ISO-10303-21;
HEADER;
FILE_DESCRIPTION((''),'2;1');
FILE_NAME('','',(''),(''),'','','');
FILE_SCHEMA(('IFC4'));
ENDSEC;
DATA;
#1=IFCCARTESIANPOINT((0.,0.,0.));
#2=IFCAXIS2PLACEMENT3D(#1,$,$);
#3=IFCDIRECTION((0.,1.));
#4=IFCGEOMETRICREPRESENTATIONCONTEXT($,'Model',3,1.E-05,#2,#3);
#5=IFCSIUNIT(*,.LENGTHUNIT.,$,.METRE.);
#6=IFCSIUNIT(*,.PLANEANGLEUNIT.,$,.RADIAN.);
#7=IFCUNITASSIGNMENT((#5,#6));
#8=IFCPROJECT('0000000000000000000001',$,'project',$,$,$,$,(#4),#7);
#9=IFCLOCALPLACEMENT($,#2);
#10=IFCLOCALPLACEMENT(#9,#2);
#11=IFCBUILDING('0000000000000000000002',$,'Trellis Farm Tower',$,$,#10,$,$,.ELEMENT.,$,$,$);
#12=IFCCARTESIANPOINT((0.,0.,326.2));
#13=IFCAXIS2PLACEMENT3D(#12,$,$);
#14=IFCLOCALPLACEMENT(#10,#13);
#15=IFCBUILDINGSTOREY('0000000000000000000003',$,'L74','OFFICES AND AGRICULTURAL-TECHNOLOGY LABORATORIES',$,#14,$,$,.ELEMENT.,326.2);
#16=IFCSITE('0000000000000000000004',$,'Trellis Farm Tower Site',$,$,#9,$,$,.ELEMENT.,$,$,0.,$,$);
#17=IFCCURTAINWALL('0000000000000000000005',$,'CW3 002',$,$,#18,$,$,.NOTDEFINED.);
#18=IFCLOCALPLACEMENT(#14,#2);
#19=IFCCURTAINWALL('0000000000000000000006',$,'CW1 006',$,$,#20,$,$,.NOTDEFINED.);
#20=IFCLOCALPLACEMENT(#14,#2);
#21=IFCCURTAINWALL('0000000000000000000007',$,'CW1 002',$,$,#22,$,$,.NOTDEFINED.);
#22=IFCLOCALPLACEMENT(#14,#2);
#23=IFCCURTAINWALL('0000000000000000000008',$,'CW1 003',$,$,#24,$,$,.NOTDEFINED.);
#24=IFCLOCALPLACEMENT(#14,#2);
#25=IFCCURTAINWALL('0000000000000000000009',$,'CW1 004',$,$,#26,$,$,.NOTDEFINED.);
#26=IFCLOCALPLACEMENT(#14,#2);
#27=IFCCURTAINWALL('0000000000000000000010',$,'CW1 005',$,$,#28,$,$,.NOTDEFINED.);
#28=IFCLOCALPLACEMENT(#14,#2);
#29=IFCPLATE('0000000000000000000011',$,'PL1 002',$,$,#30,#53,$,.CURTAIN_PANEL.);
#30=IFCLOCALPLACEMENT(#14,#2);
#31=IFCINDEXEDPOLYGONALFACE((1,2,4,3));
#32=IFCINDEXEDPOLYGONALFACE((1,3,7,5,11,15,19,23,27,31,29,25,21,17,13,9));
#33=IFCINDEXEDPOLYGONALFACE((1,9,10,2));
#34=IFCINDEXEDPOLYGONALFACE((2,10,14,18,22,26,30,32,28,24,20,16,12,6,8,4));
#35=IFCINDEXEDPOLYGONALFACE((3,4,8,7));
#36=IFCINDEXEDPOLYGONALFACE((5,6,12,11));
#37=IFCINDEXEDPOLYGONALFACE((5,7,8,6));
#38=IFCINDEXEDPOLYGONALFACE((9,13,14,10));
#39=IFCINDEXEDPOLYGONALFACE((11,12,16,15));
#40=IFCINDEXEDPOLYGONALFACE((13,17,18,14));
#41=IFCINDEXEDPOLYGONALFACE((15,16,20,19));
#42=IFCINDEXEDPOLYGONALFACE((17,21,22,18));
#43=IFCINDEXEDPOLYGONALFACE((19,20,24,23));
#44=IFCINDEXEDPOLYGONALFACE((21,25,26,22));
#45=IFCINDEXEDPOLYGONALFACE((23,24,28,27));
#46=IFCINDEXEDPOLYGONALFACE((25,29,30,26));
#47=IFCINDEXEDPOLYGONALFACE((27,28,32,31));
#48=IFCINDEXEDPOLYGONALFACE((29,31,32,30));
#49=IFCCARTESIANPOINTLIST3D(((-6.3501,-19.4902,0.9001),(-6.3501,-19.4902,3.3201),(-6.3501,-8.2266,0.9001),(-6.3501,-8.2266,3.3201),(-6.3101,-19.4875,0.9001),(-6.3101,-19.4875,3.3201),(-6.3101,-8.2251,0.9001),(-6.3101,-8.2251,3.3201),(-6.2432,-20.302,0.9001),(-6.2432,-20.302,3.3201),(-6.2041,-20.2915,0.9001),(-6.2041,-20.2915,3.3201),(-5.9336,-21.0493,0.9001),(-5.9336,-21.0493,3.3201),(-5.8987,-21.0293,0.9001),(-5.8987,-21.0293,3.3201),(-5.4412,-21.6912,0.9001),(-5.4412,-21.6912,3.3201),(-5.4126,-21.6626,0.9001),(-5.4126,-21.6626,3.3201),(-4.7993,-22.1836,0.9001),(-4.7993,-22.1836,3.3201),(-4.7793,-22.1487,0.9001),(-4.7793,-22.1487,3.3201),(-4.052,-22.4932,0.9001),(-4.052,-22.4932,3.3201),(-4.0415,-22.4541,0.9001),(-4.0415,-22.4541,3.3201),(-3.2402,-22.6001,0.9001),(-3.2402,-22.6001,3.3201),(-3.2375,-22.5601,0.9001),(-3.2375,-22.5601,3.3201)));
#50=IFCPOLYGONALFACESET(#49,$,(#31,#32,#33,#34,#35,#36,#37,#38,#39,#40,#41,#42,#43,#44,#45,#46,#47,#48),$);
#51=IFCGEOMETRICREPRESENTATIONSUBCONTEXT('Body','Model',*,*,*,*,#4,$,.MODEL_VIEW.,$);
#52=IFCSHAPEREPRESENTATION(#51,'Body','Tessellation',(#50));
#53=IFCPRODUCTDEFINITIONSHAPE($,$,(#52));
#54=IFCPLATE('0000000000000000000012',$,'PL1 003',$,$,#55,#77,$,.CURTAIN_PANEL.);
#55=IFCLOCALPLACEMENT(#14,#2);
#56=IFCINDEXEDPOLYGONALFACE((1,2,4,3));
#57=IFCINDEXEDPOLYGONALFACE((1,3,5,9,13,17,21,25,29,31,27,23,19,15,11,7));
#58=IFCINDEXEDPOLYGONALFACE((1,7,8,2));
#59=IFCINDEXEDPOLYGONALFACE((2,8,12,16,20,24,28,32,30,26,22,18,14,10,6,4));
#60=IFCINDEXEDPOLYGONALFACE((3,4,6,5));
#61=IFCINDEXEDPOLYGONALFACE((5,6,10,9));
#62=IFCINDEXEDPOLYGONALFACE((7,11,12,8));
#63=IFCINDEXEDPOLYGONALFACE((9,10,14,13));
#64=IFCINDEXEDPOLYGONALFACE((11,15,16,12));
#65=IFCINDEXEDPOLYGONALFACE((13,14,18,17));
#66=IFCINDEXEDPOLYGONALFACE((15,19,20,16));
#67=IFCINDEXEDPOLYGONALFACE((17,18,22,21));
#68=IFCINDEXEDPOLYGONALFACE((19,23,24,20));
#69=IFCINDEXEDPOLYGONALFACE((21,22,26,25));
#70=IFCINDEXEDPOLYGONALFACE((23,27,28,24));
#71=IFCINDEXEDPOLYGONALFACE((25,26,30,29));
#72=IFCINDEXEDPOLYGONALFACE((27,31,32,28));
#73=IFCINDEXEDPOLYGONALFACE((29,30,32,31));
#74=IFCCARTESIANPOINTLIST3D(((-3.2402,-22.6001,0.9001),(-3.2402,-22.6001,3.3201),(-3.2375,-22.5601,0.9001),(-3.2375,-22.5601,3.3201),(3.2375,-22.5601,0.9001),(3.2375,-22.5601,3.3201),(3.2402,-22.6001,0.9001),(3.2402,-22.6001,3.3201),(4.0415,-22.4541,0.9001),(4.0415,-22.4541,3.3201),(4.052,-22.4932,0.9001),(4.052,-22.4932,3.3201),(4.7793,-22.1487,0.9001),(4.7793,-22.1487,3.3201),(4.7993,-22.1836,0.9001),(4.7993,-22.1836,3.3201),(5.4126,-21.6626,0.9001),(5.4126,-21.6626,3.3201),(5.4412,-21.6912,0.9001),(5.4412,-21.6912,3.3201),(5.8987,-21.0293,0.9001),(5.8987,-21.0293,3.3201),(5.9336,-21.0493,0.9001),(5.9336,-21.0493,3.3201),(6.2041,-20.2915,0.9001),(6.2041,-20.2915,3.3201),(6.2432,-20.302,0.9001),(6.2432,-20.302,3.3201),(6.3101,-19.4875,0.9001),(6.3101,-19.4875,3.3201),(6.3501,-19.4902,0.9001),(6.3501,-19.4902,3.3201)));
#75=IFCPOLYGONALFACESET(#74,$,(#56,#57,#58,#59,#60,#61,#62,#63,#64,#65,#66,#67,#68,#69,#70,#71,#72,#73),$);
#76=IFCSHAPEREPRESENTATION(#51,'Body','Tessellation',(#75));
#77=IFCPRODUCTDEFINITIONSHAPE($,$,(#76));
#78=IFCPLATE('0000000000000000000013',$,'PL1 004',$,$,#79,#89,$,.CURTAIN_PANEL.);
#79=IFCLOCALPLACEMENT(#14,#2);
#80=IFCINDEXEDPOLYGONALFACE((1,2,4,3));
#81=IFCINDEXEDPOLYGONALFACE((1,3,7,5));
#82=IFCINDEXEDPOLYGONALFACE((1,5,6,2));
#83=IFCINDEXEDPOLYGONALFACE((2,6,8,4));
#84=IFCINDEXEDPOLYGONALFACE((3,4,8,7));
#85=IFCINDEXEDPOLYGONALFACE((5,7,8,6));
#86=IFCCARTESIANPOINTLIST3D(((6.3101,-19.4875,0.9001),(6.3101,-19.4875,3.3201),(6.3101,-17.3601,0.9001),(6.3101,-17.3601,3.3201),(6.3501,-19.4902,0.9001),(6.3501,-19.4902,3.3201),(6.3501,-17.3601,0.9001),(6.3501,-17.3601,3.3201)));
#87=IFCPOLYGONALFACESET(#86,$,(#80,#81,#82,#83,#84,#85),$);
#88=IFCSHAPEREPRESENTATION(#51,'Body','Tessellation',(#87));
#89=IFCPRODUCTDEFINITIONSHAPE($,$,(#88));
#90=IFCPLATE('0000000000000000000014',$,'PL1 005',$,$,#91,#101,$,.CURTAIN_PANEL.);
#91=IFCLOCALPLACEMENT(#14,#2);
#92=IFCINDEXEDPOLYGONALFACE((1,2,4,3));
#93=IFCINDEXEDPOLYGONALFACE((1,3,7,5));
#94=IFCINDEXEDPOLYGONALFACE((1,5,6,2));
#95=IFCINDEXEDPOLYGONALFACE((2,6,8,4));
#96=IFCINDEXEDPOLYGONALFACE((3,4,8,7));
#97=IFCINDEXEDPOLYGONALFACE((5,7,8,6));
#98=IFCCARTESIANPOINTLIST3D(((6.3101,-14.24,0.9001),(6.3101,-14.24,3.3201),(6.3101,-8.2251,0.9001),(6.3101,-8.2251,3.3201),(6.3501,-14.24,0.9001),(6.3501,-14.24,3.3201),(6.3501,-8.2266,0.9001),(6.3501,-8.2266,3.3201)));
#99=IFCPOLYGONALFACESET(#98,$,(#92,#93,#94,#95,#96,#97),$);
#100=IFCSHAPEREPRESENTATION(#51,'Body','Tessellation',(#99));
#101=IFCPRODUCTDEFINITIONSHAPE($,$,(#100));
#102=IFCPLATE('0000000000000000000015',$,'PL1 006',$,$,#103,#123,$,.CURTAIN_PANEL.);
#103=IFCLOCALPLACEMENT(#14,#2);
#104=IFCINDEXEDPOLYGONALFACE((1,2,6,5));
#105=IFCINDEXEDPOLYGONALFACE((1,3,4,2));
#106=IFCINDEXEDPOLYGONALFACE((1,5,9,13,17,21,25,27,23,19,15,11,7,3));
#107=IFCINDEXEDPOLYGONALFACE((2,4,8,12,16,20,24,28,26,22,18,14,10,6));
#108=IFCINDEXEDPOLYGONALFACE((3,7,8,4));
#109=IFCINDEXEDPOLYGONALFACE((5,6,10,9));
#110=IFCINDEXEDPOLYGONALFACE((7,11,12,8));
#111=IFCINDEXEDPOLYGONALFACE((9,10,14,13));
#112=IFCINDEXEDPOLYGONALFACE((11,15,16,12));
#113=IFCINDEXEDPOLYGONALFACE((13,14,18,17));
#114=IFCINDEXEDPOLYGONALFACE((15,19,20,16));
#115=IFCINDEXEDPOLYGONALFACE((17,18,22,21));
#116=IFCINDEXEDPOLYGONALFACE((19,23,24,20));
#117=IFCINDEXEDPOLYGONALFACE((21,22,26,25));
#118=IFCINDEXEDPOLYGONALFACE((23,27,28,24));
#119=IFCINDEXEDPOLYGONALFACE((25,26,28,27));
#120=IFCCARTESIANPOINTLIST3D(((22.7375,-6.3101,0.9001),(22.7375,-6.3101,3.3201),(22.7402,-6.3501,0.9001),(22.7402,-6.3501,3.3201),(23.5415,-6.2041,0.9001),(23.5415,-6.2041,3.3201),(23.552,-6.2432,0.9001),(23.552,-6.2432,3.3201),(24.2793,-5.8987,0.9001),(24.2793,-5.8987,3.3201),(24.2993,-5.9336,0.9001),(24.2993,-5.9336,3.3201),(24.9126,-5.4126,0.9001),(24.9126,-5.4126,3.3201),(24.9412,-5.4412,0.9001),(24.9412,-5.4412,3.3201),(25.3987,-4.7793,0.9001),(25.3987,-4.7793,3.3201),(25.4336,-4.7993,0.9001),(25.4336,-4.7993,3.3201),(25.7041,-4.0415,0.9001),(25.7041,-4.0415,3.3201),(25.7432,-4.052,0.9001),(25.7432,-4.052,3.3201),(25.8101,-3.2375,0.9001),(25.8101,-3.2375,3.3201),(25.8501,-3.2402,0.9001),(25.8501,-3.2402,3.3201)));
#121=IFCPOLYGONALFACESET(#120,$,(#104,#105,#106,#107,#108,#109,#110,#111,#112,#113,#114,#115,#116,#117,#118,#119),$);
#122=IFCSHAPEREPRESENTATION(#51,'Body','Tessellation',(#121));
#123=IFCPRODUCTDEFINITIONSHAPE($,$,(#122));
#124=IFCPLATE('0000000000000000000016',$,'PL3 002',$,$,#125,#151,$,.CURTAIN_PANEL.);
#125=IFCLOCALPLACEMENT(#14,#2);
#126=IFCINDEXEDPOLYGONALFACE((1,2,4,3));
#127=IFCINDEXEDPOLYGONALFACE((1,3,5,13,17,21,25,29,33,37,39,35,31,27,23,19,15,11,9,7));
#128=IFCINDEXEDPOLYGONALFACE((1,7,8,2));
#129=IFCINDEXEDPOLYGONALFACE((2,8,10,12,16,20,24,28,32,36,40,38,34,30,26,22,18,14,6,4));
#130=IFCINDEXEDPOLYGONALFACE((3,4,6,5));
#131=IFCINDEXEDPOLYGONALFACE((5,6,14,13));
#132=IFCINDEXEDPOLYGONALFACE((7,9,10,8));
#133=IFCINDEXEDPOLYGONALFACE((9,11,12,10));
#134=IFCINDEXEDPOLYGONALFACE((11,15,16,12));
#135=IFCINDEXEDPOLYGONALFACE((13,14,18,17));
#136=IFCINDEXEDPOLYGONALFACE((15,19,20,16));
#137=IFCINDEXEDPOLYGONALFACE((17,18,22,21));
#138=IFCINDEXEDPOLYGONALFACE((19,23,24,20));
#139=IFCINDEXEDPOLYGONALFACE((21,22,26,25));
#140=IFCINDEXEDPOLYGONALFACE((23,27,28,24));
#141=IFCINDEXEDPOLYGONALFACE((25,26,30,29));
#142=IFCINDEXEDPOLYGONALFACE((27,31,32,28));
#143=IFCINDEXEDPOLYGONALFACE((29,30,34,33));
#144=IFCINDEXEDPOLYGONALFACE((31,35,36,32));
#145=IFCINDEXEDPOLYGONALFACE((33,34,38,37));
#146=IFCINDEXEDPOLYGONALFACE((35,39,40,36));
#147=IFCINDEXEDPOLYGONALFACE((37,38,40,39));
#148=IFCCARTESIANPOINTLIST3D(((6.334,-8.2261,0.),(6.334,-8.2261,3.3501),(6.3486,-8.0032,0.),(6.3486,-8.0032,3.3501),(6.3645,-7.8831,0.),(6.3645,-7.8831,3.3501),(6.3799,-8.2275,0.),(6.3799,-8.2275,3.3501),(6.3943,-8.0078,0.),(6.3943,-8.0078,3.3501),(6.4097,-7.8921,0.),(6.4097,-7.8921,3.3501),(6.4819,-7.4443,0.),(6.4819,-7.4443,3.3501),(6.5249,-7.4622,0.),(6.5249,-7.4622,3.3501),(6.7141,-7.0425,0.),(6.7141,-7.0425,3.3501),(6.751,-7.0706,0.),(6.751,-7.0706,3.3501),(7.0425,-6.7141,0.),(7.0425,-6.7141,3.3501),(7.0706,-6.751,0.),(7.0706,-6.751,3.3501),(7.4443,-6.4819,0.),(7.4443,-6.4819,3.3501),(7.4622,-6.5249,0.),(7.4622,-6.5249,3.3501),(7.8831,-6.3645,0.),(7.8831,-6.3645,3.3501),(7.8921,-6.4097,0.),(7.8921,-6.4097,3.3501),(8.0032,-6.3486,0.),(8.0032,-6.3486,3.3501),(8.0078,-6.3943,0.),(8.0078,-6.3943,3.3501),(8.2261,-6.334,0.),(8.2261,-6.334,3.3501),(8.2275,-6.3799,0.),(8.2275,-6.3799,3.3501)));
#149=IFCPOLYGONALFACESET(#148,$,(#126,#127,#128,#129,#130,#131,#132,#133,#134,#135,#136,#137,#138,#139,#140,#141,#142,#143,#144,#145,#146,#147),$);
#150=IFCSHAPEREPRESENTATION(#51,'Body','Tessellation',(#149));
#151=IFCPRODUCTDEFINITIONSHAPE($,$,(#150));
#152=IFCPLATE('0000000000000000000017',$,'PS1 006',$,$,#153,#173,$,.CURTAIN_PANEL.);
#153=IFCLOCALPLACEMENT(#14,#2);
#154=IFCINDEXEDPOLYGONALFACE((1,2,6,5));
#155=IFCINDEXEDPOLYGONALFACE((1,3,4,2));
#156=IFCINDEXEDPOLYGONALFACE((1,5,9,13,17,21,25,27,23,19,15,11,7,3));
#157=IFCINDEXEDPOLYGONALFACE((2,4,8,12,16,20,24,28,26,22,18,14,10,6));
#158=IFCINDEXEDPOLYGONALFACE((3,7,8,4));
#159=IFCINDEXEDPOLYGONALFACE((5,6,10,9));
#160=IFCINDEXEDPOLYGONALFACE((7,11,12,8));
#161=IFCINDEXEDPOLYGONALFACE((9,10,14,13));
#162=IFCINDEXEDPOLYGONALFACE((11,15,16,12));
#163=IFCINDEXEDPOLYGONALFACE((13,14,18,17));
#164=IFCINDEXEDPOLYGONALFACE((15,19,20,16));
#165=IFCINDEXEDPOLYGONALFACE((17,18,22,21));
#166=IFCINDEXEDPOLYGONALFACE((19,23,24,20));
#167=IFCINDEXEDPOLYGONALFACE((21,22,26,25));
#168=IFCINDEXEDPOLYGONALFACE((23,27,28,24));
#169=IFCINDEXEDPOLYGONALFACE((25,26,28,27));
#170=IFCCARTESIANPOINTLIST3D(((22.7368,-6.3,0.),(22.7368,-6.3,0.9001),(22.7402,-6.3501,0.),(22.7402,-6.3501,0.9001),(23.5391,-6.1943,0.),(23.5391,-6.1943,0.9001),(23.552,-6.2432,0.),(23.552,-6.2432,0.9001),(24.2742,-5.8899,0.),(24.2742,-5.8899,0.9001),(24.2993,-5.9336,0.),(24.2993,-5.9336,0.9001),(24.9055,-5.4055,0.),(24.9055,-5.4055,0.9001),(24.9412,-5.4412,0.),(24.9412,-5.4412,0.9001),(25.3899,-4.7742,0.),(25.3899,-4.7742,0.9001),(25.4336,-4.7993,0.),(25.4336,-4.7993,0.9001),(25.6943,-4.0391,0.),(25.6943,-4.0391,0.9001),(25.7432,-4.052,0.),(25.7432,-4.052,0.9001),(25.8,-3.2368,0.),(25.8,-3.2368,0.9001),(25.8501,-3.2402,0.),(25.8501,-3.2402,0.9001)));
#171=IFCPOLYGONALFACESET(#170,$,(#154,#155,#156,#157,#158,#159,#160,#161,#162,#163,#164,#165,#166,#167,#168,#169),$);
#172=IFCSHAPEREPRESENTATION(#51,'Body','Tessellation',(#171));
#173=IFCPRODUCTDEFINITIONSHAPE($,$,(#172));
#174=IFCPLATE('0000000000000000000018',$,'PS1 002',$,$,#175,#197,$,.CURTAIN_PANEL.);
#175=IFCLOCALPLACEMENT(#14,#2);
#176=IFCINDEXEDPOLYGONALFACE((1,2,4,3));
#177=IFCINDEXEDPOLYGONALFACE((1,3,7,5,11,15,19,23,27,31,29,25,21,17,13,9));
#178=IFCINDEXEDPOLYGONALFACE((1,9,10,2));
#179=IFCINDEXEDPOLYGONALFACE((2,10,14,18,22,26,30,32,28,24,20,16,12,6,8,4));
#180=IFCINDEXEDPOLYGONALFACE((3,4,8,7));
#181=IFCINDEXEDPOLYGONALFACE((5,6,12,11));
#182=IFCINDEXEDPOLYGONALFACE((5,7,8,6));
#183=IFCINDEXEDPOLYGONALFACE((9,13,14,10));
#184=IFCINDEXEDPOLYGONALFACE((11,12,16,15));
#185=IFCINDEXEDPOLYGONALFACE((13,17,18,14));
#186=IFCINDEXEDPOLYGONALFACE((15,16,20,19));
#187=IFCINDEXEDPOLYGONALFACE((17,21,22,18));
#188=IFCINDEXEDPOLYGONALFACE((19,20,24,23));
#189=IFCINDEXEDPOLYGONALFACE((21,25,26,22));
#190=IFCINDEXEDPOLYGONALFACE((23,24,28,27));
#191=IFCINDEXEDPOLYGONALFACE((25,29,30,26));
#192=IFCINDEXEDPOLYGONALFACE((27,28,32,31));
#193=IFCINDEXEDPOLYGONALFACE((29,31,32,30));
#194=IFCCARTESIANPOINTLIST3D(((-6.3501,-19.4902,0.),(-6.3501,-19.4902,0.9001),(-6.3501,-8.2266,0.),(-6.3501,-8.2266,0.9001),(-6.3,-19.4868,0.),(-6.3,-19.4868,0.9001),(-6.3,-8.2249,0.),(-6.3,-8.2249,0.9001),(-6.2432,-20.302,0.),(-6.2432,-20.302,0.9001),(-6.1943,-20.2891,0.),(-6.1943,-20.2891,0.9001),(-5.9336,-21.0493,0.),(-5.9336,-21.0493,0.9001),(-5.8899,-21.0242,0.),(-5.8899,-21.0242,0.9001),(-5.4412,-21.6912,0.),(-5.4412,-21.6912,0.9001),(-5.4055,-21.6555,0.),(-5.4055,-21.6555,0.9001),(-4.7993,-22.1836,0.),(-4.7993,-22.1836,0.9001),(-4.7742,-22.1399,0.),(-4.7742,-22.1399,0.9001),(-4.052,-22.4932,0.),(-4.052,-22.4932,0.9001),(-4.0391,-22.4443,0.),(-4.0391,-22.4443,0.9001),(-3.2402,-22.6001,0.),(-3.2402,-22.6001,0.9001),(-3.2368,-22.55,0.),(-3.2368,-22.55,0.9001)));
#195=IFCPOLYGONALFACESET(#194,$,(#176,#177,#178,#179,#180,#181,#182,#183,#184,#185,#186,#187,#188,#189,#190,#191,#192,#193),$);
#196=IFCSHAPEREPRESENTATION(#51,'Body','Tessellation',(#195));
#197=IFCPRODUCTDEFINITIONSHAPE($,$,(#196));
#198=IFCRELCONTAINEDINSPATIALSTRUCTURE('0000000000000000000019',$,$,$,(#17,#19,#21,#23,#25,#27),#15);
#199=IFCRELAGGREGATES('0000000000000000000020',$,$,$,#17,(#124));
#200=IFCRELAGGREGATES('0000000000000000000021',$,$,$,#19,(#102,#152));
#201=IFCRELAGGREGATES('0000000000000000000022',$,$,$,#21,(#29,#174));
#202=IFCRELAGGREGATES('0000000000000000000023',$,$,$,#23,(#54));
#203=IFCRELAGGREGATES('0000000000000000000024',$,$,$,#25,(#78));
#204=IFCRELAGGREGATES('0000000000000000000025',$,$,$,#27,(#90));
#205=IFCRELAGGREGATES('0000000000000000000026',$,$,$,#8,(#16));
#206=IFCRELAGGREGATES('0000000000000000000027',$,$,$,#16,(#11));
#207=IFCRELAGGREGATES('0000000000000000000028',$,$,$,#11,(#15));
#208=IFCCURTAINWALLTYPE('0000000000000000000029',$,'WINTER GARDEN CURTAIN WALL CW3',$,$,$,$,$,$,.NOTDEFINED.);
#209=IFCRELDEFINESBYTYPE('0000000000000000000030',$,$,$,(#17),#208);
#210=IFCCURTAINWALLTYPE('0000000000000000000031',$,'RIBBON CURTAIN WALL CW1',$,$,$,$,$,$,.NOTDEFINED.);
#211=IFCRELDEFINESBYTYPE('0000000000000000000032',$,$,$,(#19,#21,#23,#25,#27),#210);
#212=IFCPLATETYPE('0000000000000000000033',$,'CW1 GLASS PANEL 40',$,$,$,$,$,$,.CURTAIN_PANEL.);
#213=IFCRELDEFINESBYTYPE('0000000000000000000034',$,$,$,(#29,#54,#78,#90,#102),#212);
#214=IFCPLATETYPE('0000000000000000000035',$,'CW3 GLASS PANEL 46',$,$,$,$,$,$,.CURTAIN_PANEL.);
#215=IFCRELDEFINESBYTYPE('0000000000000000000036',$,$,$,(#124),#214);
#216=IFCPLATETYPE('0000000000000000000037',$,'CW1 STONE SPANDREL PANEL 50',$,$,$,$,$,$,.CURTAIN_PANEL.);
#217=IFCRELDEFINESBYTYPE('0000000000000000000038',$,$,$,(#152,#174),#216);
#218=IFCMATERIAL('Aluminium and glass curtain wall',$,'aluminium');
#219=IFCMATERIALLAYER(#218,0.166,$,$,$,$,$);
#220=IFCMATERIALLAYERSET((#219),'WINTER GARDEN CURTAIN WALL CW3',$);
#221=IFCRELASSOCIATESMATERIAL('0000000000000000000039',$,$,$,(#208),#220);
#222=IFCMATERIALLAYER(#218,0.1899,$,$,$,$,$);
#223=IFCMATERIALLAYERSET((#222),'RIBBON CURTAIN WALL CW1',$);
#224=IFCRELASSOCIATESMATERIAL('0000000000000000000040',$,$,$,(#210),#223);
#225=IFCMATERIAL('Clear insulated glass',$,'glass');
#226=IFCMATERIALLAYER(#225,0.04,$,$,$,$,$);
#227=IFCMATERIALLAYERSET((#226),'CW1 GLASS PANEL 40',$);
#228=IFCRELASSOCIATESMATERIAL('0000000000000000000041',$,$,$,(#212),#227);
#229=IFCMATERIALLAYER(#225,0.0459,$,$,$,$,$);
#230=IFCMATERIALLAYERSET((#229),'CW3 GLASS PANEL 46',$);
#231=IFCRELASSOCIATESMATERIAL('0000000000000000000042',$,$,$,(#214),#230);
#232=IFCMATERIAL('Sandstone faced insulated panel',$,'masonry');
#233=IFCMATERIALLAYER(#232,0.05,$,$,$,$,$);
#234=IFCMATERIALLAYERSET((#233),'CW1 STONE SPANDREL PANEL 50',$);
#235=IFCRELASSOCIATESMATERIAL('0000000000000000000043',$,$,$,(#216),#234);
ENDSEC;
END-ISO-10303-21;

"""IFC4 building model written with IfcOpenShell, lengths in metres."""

from ifc_helpers import new_model, si_unit, direction, frame, origin, place, context, subcontext, project, spatial, polyline, outline, extrude, source, transform, mapped, material, layer, layer_set, type_object, element, aggregate, save


model = new_model("IFC4")

# Units and contexts
model_context = context("Model", 3, precision=1e-05, world=origin(), true_north=direction((0.0, 1.0)))
body_context = subcontext(model_context, "Body", "Model", "MODEL_VIEW")
ifc_project = project(units=[si_unit("LENGTHUNIT", "METRE"), si_unit("PLANEANGLEUNIT", "RADIAN")], contexts=[model_context])

# Site, building, storey
site_placement = place(None, origin())
site = spatial("IfcSite", under=ifc_project, at=site_placement, Name="Trellis Farm Tower Site", CompositionType="ELEMENT", RefElevation=0.0)
building_placement = place(site_placement, origin())
building = spatial("IfcBuilding", under=site, at=building_placement, Name="Trellis Farm Tower", CompositionType="ELEMENT")
storey_placement = place(building_placement, frame((0.0, 0.0, 326.2)))
storey = spatial("IfcBuildingStorey", under=building, at=storey_placement, Name="L74", Description="OFFICES AND AGRICULTURAL-TECHNOLOGY LABORATORIES", CompositionType="ELEMENT", Elevation=326.2)

# Curtain walls
ifc_material_1 = material(Name="Aluminium and glass curtain wall", Category="aluminium")
ifc_layer_1 = layer(ifc_material_1, 0.166)
ifc_layer_set_1 = layer_set([ifc_layer_1], Name="WINTER GARDEN CURTAIN WALL CW3")
curtain_wall_type_1 = type_object("IfcCurtainWallType", Name="WINTER GARDEN CURTAIN WALL CW3", PredefinedType="NOTDEFINED", material=ifc_layer_set_1)
placement_1 = place(storey_placement, origin())
curtain_wall_1 = element("IfcCurtainWall", 1, at=placement_1, inside=storey, type_object=curtain_wall_type_1, Name="CW3 002", PredefinedType="NOTDEFINED")
ifc_layer_2 = layer(ifc_material_1, 0.1899)
ifc_layer_set_2 = layer_set([ifc_layer_2], Name="RIBBON CURTAIN WALL CW1")
curtain_wall_type_2 = type_object("IfcCurtainWallType", Name="RIBBON CURTAIN WALL CW1", PredefinedType="NOTDEFINED", material=ifc_layer_set_2)
curtain_wall_2 = element("IfcCurtainWall", 2, at=placement_1, inside=storey, type_object=curtain_wall_type_2, Name="CW1 006", PredefinedType="NOTDEFINED")
curtain_wall_3 = element("IfcCurtainWall", 3, at=placement_1, inside=storey, type_object=curtain_wall_type_2, Name="CW1 002", PredefinedType="NOTDEFINED")
curtain_wall_4 = element("IfcCurtainWall", 4, at=placement_1, inside=storey, type_object=curtain_wall_type_2, Name="CW1 003", PredefinedType="NOTDEFINED")
curtain_wall_5 = element("IfcCurtainWall", 5, at=placement_1, inside=storey, type_object=curtain_wall_type_2, Name="CW1 004", PredefinedType="NOTDEFINED")
curtain_wall_6 = element("IfcCurtainWall", 6, at=placement_1, inside=storey, type_object=curtain_wall_type_2, Name="CW1 005", PredefinedType="NOTDEFINED")

# Plates
ifc_material_2 = material(Name="Clear insulated glass", Category="glass")
ifc_layer_3 = layer(ifc_material_2, 0.04)
ifc_layer_set_3 = layer_set([ifc_layer_3], Name="CW1 GLASS PANEL 40")
plate_type_1 = type_object("IfcPlateType", Name="CW1 GLASS PANEL 40", PredefinedType="CURTAIN_PANEL", material=ifc_layer_set_3)
placement_2 = place(storey_placement, frame((0.0, 0.0, 0.9001)))
plate_1 = element("IfcPlate", 7, at=placement_2, type_object=plate_type_1, Name="PL1 002", PredefinedType="CURTAIN_PANEL", context=body_context, shape_type="SweptSolid", body=[
    extrude(outline(polyline([(-6.3501, -8.2266), (-6.3501, -19.4902), (-6.2432, -20.302), (-5.9336, -21.0493), (-5.4412, -21.6912), (-4.7993, -22.1836), (-4.052, -22.4932), (-3.2402, -22.6001), (-3.2375, -22.5601), (-4.0415, -22.4541), (-4.7793, -22.1487), (-5.4126, -21.6626), (-5.8987, -21.0293), (-6.2041, -20.2915), (-6.3101, -19.4875), (-6.3101, -8.2251), (-6.3501, -8.2266)])), origin(), (0.0, 0.0, 1.0), 2.4199),
])
plate_2 = element("IfcPlate", 8, at=placement_2, type_object=plate_type_1, Name="PL1 003", PredefinedType="CURTAIN_PANEL", context=body_context, shape_type="SweptSolid", body=[
    extrude(outline(polyline([(-3.2402, -22.6001), (3.2402, -22.6001), (4.052, -22.4932), (4.7993, -22.1836), (5.4412, -21.6912), (5.9336, -21.0493), (6.2432, -20.302), (6.3501, -19.4902), (6.3101, -19.4875), (6.2041, -20.2915), (5.8987, -21.0293), (5.4126, -21.6626), (4.7793, -22.1487), (4.0415, -22.4541), (3.2375, -22.5601), (-3.2375, -22.5601), (-3.2402, -22.6001)])), origin(), (0.0, 0.0, 1.0), 2.4199),
])
plate_3 = element("IfcPlate", 9, at=placement_2, type_object=plate_type_1, Name="PL1 004", PredefinedType="CURTAIN_PANEL", context=body_context, shape_type="SweptSolid", body=[
    extrude(outline(polyline([(6.3501, -19.4902), (6.3501, -17.3601), (6.3101, -17.3601), (6.3101, -19.4875), (6.3501, -19.4902)])), origin(), (0.0, 0.0, 1.0), 2.4199),
])
plate_4 = element("IfcPlate", 10, at=placement_2, type_object=plate_type_1, Name="PL1 005", PredefinedType="CURTAIN_PANEL", context=body_context, shape_type="SweptSolid", body=[
    extrude(outline(polyline([(6.3501, -14.24), (6.3501, -8.2266), (6.3101, -8.2251), (6.3101, -14.24), (6.3501, -14.24)])), origin(), (0.0, 0.0, 1.0), 2.4199),
])
plate_5 = element("IfcPlate", 11, at=placement_2, type_object=plate_type_1, Name="PL1 006", PredefinedType="CURTAIN_PANEL", context=body_context, shape_type="SweptSolid", body=[
    extrude(outline(polyline([(22.7402, -6.3501), (23.552, -6.2432), (24.2993, -5.9336), (24.9412, -5.4412), (25.4336, -4.7993), (25.7432, -4.052), (25.8501, -3.2402), (25.8101, -3.2375), (25.7041, -4.0415), (25.3987, -4.7793), (24.9126, -5.4126), (24.2793, -5.8987), (23.5415, -6.2041), (22.7375, -6.3101), (22.7402, -6.3501)])), origin(), (0.0, 0.0, 1.0), 2.4199),
])
ifc_layer_4 = layer(ifc_material_2, 0.0459)
ifc_layer_set_4 = layer_set([ifc_layer_4], Name="CW3 GLASS PANEL 46")
plate_type_2 = type_object("IfcPlateType", Name="CW3 GLASS PANEL 46", PredefinedType="CURTAIN_PANEL", material=ifc_layer_set_4)
plate_6 = element("IfcPlate", 12, at=placement_1, type_object=plate_type_2, Name="PL3 002", PredefinedType="CURTAIN_PANEL", context=body_context, shape_type="SweptSolid", body=[
    extrude(outline(polyline([(6.3799, -8.2275), (6.3943, -8.0078), (6.4097, -7.8921), (6.5249, -7.4622), (6.751, -7.0706), (7.0706, -6.751), (7.4622, -6.5249), (7.8921, -6.4097), (8.0078, -6.3943), (8.2275, -6.3799), (8.2261, -6.334), (8.0032, -6.3486), (7.8831, -6.3645), (7.4443, -6.4819), (7.0425, -6.7141), (6.7141, -7.0425), (6.4819, -7.4443), (6.3645, -7.8831), (6.3486, -8.0032), (6.334, -8.2261), (6.3799, -8.2275)])), origin(), (0.0, 0.0, 1.0), 3.3501),
])
aggregate(curtain_wall_1, [plate_6])
ifc_material_3 = material(Name="Sandstone faced insulated panel", Category="masonry")
ifc_layer_5 = layer(ifc_material_3, 0.05)
ifc_layer_set_5 = layer_set([ifc_layer_5], Name="CW1 STONE SPANDREL PANEL 50")
plate_type_3 = type_object("IfcPlateType", Name="CW1 STONE SPANDREL PANEL 50", PredefinedType="CURTAIN_PANEL", material=ifc_layer_set_5)
shared_shape_1 = source(origin(), body_context, "Body", "SweptSolid", [
    extrude(outline(polyline([(22.7402, -6.3501), (23.552, -6.2432), (24.2993, -5.9336), (24.9412, -5.4412), (25.4336, -4.7993), (25.7432, -4.052), (25.8501, -3.2402), (25.8, -3.2368), (25.6943, -4.0391), (25.3899, -4.7742), (24.9055, -5.4055), (24.2742, -5.8899), (23.5391, -6.1943), (22.7368, -6.3), (22.7402, -6.3501)])), origin(), (0.0, 0.0, 1.0), 0.9001),
])
plate_7 = element("IfcPlate", 13, at=placement_1, type_object=plate_type_3, Name="PS1 006", PredefinedType="CURTAIN_PANEL", context=body_context, shape_type="MappedRepresentation", body=[
    mapped(shared_shape_1, transform((0.0, 0.0, 0.0))),
])
aggregate(curtain_wall_2, [plate_5, plate_7])
shared_shape_2 = source(origin(), body_context, "Body", "SweptSolid", [
    extrude(outline(polyline([(-6.3501, -8.2266), (-6.3501, -19.4902), (-6.2432, -20.302), (-5.9336, -21.0493), (-5.4412, -21.6912), (-4.7993, -22.1836), (-4.052, -22.4932), (-3.2402, -22.6001), (-3.2368, -22.55), (-4.0391, -22.4443), (-4.7742, -22.1399), (-5.4055, -21.6555), (-5.8899, -21.0242), (-6.1943, -20.2891), (-6.3, -19.4868), (-6.3, -8.2249), (-6.3501, -8.2266)])), origin(), (0.0, 0.0, 1.0), 0.9001),
])
plate_8 = element("IfcPlate", 14, at=placement_1, type_object=plate_type_3, Name="PS1 002", PredefinedType="CURTAIN_PANEL", context=body_context, shape_type="MappedRepresentation", body=[
    mapped(shared_shape_2, transform((0.0, 0.0, 0.0))),
])
aggregate(curtain_wall_3, [plate_1, plate_8])
aggregate(curtain_wall_4, [plate_2])
aggregate(curtain_wall_5, [plate_3])
aggregate(curtain_wall_6, [plate_4])

save(model, "model.ifc")
